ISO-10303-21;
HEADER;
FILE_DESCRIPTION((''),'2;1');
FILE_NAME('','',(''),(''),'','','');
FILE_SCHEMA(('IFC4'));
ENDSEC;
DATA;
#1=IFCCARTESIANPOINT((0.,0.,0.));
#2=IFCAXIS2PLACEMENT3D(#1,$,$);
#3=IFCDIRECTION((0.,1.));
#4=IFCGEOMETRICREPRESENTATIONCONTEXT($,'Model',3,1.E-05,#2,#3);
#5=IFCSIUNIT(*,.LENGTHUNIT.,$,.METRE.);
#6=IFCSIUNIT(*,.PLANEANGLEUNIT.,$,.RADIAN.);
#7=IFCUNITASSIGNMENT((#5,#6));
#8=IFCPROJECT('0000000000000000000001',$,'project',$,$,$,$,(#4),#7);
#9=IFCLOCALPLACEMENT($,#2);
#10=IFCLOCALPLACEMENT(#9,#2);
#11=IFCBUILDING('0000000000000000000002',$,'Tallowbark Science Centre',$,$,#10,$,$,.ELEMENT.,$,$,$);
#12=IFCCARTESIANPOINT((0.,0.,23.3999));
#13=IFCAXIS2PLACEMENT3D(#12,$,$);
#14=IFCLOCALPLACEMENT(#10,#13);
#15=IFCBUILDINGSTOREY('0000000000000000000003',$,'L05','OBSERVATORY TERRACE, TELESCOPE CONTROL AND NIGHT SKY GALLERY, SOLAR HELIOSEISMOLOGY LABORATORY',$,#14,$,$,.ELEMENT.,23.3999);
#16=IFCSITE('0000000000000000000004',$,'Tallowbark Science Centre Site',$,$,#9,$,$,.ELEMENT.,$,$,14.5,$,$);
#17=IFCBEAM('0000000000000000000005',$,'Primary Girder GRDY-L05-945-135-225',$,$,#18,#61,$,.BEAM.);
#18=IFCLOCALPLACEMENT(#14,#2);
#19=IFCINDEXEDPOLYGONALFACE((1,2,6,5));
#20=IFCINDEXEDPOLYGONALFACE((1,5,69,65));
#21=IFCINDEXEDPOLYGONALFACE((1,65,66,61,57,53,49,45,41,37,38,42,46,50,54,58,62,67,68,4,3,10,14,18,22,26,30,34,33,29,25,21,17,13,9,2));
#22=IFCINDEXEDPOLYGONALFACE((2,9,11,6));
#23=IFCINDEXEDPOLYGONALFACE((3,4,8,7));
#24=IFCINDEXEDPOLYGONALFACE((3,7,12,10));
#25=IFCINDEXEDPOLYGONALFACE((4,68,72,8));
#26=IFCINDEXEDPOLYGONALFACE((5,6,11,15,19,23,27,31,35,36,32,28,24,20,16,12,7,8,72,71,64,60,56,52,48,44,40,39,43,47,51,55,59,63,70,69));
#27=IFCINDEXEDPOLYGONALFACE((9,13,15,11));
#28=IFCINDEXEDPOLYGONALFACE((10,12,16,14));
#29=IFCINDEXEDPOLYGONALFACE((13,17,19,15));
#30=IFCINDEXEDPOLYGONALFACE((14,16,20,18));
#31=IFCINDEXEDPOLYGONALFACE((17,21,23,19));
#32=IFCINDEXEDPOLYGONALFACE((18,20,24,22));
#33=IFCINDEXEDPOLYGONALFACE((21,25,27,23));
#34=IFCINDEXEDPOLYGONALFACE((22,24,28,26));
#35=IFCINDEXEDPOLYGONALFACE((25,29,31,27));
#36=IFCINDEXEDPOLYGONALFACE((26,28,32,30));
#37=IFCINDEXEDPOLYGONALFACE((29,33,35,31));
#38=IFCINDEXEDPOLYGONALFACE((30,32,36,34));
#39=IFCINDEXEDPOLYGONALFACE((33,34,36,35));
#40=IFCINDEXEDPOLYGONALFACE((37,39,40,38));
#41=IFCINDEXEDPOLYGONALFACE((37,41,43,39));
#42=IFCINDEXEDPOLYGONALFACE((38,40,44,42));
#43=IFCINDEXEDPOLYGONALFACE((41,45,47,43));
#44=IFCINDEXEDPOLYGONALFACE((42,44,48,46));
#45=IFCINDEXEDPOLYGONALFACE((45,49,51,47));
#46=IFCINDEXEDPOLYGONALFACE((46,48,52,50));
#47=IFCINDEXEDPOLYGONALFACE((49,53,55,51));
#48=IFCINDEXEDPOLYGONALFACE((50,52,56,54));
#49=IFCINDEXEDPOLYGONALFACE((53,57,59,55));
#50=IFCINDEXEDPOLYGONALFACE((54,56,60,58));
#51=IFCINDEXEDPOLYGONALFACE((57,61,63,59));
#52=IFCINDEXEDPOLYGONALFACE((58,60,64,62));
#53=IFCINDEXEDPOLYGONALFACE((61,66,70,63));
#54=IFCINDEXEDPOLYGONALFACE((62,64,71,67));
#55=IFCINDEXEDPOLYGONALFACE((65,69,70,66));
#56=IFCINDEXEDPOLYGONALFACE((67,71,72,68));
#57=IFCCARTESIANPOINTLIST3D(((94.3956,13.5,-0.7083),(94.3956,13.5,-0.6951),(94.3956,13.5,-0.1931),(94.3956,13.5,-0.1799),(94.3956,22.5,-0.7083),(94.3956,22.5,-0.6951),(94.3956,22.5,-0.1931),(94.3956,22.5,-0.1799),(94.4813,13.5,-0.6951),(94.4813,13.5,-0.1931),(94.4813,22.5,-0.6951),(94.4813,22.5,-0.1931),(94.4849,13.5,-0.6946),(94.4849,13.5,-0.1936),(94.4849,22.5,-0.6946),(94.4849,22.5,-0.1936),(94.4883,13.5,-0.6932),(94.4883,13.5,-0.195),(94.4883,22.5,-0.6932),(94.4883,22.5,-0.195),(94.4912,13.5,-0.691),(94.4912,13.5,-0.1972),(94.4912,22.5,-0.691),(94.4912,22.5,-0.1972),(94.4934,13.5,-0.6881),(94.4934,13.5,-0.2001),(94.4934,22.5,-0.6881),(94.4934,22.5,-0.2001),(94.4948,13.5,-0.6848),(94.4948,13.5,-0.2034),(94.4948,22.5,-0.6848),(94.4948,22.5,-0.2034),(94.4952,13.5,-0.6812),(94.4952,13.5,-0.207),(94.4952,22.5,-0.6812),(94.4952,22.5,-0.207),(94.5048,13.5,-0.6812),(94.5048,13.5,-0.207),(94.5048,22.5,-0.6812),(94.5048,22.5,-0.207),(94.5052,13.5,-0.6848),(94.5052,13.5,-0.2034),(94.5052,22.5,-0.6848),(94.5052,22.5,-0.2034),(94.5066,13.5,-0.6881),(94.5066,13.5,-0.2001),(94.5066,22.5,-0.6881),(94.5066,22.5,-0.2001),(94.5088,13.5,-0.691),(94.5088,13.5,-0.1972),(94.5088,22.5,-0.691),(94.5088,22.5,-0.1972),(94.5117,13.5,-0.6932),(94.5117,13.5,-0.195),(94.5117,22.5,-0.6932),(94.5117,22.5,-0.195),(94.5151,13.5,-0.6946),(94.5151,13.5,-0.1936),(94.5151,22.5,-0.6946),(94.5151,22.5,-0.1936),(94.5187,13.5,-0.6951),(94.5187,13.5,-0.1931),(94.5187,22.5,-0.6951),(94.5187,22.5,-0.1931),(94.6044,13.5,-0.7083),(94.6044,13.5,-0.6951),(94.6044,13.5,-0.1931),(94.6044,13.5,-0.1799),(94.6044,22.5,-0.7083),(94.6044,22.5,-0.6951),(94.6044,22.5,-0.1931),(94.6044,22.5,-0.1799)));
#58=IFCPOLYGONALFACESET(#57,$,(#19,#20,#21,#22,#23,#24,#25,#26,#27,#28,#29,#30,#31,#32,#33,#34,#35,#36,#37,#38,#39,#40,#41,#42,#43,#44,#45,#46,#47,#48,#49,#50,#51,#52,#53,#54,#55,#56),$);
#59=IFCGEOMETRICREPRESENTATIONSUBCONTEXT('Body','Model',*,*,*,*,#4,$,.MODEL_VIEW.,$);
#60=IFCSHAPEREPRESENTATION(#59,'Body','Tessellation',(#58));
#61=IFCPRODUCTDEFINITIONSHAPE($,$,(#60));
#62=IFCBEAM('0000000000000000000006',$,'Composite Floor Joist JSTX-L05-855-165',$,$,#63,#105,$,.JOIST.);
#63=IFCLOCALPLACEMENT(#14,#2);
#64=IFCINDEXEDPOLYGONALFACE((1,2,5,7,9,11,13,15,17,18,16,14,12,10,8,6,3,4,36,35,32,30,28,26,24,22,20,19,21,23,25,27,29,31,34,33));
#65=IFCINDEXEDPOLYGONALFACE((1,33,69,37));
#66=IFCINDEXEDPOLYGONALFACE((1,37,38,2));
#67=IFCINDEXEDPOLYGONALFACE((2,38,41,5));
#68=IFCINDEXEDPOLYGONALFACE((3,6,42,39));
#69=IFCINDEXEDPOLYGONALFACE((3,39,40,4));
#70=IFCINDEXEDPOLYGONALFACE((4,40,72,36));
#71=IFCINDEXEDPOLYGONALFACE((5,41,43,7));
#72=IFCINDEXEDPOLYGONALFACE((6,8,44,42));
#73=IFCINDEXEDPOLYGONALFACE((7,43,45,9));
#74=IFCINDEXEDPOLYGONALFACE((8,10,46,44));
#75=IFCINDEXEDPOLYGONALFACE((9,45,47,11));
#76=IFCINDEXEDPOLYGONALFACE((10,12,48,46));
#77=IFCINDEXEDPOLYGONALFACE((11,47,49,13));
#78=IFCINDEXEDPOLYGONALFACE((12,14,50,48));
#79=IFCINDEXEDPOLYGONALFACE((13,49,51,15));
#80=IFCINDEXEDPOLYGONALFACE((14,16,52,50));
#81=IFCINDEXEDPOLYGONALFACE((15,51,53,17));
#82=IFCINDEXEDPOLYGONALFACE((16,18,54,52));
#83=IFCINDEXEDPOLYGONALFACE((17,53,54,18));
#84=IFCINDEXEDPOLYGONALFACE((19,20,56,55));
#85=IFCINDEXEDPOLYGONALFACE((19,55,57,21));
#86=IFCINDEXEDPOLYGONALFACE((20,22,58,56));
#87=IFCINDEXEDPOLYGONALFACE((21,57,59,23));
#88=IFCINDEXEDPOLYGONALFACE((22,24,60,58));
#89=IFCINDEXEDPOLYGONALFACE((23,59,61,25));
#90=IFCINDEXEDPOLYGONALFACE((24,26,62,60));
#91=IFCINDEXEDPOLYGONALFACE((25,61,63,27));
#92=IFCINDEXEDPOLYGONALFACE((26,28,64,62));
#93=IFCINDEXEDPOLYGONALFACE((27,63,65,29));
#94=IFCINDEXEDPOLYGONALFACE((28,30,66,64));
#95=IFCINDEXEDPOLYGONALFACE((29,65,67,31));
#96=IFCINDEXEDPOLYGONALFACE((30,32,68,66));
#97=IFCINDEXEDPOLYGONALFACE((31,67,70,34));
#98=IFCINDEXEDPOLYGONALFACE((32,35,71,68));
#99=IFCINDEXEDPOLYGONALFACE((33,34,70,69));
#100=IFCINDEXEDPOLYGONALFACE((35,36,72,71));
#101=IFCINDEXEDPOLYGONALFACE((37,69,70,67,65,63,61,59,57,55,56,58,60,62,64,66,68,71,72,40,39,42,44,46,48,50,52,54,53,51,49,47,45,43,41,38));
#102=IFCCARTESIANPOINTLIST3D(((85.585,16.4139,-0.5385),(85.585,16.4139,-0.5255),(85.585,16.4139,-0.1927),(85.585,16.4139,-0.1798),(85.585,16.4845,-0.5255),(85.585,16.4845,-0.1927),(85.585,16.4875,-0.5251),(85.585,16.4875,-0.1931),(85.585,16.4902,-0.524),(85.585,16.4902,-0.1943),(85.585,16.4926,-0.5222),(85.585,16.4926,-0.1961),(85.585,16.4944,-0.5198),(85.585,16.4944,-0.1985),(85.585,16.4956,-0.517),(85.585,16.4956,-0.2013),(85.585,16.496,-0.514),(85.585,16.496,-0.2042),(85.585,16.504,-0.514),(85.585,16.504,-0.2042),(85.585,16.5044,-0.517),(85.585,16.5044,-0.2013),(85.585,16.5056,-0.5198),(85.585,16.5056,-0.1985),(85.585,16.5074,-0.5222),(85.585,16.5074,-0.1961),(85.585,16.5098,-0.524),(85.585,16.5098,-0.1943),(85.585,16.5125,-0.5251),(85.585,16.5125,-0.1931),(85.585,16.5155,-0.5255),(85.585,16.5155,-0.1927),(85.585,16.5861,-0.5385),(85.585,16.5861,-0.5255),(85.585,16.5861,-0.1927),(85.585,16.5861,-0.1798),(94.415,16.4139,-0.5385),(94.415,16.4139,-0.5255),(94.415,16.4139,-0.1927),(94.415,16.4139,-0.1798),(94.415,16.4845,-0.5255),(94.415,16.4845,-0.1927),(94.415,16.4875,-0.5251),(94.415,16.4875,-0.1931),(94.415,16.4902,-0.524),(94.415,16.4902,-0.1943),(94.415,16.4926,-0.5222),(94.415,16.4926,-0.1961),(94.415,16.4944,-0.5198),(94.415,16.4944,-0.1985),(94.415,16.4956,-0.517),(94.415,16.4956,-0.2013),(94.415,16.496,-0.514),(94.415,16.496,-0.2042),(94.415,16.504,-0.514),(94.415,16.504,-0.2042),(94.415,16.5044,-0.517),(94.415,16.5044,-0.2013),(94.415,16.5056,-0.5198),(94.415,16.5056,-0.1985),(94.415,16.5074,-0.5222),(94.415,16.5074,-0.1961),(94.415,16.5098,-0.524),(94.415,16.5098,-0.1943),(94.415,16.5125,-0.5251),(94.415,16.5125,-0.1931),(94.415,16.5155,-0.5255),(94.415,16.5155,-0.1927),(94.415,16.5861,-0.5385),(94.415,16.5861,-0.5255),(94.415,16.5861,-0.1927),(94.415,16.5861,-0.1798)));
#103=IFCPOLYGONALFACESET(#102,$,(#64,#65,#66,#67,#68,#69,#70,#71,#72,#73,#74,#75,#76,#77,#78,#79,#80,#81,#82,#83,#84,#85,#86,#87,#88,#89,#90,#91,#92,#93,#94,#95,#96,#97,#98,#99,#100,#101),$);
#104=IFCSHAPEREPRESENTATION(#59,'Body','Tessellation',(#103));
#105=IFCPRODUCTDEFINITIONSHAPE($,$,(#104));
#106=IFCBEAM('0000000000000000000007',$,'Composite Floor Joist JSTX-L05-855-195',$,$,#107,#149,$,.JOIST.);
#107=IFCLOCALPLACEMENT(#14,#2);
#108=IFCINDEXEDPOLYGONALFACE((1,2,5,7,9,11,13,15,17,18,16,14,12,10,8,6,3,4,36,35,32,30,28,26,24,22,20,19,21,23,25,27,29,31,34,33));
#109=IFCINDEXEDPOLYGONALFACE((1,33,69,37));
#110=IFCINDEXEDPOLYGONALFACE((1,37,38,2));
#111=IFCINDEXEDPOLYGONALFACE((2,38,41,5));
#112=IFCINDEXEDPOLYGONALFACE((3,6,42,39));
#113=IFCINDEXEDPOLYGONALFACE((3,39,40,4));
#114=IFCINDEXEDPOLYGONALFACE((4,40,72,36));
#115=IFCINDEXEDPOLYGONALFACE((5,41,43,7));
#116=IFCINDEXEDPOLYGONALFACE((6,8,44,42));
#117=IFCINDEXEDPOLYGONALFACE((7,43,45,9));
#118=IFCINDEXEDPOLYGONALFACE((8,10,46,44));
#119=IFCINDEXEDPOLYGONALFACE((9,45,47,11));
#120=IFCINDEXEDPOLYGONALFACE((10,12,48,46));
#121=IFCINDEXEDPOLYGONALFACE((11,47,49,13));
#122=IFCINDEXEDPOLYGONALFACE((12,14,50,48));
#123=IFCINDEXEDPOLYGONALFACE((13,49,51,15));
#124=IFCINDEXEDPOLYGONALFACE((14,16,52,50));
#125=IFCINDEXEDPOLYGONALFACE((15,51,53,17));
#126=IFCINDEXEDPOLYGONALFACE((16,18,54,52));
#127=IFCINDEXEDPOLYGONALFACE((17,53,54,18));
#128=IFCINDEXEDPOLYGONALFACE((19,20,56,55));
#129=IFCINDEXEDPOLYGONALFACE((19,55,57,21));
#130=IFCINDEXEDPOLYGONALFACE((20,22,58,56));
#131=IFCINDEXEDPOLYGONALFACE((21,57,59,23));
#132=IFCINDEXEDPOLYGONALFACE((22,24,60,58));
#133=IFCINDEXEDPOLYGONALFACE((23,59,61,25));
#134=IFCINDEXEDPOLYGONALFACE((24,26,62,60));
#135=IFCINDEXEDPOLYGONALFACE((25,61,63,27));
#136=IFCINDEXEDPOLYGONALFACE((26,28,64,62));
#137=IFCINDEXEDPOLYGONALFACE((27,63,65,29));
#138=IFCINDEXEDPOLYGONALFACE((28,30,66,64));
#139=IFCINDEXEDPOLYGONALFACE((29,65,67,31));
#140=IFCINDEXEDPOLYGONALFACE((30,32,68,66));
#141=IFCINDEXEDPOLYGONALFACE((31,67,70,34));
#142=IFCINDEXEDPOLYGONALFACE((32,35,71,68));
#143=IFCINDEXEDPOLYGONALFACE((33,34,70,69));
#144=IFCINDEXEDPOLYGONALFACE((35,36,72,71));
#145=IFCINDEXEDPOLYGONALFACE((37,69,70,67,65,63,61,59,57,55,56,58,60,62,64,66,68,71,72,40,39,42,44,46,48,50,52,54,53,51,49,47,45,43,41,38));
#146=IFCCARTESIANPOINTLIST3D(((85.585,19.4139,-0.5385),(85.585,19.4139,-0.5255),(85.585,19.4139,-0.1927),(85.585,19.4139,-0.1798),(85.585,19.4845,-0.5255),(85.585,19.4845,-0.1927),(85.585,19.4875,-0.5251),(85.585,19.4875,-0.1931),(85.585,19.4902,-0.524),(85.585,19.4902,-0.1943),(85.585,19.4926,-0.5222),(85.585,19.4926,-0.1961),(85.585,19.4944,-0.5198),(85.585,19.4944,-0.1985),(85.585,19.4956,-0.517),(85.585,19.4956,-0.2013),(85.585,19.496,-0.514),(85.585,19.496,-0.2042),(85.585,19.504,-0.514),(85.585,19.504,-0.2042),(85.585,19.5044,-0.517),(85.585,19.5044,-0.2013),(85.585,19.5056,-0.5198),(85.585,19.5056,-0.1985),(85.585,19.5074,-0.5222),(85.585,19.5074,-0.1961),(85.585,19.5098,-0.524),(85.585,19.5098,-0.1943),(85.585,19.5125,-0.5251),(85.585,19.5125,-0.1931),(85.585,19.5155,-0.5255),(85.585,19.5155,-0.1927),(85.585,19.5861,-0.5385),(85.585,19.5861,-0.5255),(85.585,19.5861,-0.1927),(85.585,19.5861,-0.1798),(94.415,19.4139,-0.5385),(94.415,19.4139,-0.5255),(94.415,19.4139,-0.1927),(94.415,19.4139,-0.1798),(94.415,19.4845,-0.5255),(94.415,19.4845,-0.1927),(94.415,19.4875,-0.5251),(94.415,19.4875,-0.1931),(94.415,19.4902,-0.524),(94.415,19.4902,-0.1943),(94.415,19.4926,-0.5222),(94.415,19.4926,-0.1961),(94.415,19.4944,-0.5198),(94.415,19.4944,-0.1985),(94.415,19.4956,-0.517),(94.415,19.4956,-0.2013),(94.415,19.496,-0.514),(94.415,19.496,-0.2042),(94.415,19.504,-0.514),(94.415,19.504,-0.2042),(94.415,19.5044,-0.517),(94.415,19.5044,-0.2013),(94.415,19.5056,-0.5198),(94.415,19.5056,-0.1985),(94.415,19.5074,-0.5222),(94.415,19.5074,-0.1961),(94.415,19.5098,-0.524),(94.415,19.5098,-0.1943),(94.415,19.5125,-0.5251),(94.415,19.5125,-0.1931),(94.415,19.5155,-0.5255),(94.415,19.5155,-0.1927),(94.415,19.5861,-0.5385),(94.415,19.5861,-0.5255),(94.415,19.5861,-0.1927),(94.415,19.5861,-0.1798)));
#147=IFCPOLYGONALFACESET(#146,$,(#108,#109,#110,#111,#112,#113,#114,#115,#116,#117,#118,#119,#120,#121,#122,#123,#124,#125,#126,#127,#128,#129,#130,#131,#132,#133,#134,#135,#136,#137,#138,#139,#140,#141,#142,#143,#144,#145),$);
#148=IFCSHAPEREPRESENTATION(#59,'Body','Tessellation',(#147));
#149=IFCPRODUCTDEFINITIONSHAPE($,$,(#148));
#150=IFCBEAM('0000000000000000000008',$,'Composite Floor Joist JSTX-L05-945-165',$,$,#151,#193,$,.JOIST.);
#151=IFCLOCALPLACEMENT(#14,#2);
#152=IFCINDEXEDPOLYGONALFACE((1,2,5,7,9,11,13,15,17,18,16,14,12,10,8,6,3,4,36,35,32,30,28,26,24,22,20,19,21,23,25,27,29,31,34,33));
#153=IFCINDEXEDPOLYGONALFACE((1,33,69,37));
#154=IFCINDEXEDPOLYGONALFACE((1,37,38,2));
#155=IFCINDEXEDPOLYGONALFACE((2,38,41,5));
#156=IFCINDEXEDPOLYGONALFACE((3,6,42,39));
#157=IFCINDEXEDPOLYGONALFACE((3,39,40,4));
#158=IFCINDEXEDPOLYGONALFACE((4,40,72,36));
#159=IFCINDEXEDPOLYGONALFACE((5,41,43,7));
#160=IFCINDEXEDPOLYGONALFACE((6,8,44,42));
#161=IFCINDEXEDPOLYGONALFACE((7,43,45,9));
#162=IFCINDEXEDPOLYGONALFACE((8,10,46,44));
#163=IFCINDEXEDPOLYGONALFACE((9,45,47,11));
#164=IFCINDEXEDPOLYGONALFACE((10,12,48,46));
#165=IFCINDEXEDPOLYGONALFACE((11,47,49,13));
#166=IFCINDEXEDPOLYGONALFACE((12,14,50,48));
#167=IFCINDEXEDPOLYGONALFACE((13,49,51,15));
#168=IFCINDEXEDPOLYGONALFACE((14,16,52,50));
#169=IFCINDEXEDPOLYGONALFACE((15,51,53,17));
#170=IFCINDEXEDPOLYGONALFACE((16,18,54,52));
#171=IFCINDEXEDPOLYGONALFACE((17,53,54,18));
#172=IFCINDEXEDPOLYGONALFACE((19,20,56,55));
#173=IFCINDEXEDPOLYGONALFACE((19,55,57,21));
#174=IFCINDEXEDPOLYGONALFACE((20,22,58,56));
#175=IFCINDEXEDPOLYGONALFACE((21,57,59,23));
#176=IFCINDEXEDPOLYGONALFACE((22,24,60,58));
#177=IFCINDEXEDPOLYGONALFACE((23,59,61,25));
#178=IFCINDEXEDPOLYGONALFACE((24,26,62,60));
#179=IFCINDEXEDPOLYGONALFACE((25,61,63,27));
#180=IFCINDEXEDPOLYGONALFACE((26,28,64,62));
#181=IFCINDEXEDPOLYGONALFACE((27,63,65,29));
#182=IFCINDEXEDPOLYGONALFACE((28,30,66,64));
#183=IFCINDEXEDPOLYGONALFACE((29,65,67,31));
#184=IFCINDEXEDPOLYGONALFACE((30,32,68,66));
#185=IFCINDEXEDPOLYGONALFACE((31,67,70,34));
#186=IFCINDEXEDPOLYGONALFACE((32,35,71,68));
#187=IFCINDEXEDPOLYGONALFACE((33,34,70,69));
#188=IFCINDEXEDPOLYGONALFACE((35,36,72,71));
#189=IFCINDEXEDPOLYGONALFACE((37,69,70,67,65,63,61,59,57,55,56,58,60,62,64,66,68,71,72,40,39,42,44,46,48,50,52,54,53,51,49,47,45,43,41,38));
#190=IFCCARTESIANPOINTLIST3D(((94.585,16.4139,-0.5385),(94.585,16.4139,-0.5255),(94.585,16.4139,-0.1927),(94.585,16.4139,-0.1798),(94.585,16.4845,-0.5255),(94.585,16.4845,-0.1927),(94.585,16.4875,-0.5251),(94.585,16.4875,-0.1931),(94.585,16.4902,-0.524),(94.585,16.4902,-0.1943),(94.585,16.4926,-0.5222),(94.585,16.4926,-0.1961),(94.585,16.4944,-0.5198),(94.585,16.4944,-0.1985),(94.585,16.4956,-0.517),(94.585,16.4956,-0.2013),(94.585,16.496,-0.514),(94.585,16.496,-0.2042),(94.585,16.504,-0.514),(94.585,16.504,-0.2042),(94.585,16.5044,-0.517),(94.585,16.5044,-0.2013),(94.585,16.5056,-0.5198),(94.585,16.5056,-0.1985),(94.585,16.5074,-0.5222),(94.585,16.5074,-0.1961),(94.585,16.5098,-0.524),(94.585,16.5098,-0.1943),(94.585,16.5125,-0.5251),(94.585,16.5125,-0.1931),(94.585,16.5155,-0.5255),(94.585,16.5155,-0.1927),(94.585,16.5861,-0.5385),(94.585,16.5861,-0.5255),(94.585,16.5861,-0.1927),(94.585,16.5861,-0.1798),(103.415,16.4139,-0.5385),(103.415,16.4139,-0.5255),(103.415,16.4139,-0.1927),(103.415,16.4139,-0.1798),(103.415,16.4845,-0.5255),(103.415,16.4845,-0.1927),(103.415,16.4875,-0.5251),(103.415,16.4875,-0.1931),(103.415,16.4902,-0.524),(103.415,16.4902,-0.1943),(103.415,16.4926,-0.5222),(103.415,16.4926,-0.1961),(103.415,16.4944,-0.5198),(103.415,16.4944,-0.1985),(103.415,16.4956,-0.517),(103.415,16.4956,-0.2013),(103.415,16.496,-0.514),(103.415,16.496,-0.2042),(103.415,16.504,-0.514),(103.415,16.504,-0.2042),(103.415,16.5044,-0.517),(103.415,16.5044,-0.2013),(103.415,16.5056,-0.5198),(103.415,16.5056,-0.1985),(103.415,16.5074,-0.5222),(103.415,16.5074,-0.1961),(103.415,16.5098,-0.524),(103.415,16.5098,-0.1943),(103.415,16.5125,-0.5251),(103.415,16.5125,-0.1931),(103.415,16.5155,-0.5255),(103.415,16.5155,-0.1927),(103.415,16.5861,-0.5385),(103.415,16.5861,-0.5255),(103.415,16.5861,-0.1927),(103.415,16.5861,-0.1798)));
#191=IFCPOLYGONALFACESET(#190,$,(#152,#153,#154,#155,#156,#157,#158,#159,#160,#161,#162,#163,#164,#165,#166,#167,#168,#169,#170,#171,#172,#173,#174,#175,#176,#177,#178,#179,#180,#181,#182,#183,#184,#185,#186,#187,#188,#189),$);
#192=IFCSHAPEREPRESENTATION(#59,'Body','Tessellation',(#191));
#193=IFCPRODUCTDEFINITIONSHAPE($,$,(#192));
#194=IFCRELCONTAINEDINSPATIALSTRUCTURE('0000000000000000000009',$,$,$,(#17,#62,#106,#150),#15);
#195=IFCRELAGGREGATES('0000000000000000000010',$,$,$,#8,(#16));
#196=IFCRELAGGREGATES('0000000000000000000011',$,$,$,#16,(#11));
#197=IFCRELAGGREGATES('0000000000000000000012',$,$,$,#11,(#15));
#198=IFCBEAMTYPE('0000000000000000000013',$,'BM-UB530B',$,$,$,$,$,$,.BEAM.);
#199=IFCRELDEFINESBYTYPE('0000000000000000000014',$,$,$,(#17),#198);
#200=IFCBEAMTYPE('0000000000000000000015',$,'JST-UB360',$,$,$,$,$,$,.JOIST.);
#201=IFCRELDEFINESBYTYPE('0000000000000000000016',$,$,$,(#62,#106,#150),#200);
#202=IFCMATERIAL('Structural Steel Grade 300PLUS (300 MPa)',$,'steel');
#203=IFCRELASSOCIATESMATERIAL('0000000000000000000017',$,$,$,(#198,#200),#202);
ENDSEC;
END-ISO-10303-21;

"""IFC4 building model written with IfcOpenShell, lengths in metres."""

from ifc_helpers import new_model, si_unit, direction, frame, origin, origin_2d, place, context, subcontext, project, spatial, i_section, extrude, material, material_profile, profile_set, type_object, element, save


model = new_model("IFC4")

# Units and contexts
model_context = context("Model", 3, precision=1e-05, world=origin(), true_north=direction((0.0, 1.0)))
body_context = subcontext(model_context, "Body", "Model", "MODEL_VIEW")
ifc_project = project(units=[si_unit("LENGTHUNIT", "METRE"), si_unit("PLANEANGLEUNIT", "RADIAN")], contexts=[model_context])

# Site, building, storey
site_placement = place(None, origin())
site = spatial("IfcSite", under=ifc_project, at=site_placement, Name="Tallowbark Science Centre Site", CompositionType="ELEMENT", RefElevation=14.5)
building_placement = place(site_placement, origin())
building = spatial("IfcBuilding", under=site, at=building_placement, Name="Tallowbark Science Centre", CompositionType="ELEMENT")
storey_placement = place(building_placement, frame((0.0, 0.0, 23.3999)))
storey = spatial("IfcBuildingStorey", under=building, at=storey_placement, Name="L05", Description="OBSERVATORY TERRACE, TELESCOPE CONTROL AND NIGHT SKY GALLERY, SOLAR HELIOSEISMOLOGY LABORATORY", CompositionType="ELEMENT", Elevation=23.3999)

# Shared definitions
ifc_material_1 = material(Name="Structural Steel Grade 300PLUS (300 MPa)", Category="steel")

# Beams
ifc_material_profile_1 = material_profile(ifc_material_1, i_section(OverallWidth=0.2087, OverallDepth=0.5283, WebThickness=0.0095, FlangeThickness=0.0132, FilletRadius=0.0139, at=origin_2d()), Name="530UB82.0")
ifc_profile_set_1 = profile_set([ifc_material_profile_1], Name="Structural Steel Grade 300PLUS (300 MPa)")
beam_type_1 = type_object("IfcBeamType", Name="BM-UB530B", PredefinedType="BEAM", material=ifc_profile_set_1)
for number, where, z_axis, x_axis, name in (
    (1, (94.5, 13.5, -0.4441), (0.0, 1.0, 0.0), (-1.0, 0.0, 0.0), "Primary Girder GRDY-L05-945-135-225"),
):
    element("IfcBeam", number, at=place(storey_placement, frame(where, z_axis=z_axis, x_axis=x_axis)), inside=storey, type_object=beam_type_1, Name=name, PredefinedType="BEAM", context=body_context, shape_type="SweptSolid", body=[
        extrude(i_section(OverallWidth=0.2087, OverallDepth=0.5283, WebThickness=0.0095, FlangeThickness=0.0132, FilletRadius=0.0139, at=origin_2d()), origin(), (0.0, 0.0, 1.0), 9.0),
    ])
ifc_material_profile_2 = material_profile(ifc_material_1, i_section(OverallWidth=0.1721, OverallDepth=0.3586, WebThickness=0.0081, FlangeThickness=0.0129, FilletRadius=0.0115, at=origin_2d()), Name="360UB56.7")
ifc_profile_set_2 = profile_set([ifc_material_profile_2], Name="Structural Steel Grade 300PLUS (300 MPa)")
beam_type_2 = type_object("IfcBeamType", Name="JST-UB360", PredefinedType="JOIST", material=ifc_profile_set_2)
for number, where, z_axis, x_axis, name in (
    (2, (85.585, 16.5, -0.3591), (1.0, 0.0, 0.0), (0.0, 1.0, 0.0), "Composite Floor Joist JSTX-L05-855-165"),
    (3, (85.585, 19.5, -0.3591), (1.0, 0.0, 0.0), (0.0, 1.0, 0.0), "Composite Floor Joist JSTX-L05-855-195"),
    (4, (94.585, 16.5, -0.3591), (1.0, 0.0, 0.0), (0.0, 1.0, 0.0), "Composite Floor Joist JSTX-L05-945-165"),
):
    element("IfcBeam", number, at=place(storey_placement, frame(where, z_axis=z_axis, x_axis=x_axis)), inside=storey, type_object=beam_type_2, Name=name, PredefinedType="JOIST", context=body_context, shape_type="SweptSolid", body=[
        extrude(i_section(OverallWidth=0.1721, OverallDepth=0.3586, WebThickness=0.0081, FlangeThickness=0.0129, FilletRadius=0.0115, at=origin_2d()), origin(), (0.0, 0.0, 1.0), 8.8301),
    ])

save(model, "model.ifc")
